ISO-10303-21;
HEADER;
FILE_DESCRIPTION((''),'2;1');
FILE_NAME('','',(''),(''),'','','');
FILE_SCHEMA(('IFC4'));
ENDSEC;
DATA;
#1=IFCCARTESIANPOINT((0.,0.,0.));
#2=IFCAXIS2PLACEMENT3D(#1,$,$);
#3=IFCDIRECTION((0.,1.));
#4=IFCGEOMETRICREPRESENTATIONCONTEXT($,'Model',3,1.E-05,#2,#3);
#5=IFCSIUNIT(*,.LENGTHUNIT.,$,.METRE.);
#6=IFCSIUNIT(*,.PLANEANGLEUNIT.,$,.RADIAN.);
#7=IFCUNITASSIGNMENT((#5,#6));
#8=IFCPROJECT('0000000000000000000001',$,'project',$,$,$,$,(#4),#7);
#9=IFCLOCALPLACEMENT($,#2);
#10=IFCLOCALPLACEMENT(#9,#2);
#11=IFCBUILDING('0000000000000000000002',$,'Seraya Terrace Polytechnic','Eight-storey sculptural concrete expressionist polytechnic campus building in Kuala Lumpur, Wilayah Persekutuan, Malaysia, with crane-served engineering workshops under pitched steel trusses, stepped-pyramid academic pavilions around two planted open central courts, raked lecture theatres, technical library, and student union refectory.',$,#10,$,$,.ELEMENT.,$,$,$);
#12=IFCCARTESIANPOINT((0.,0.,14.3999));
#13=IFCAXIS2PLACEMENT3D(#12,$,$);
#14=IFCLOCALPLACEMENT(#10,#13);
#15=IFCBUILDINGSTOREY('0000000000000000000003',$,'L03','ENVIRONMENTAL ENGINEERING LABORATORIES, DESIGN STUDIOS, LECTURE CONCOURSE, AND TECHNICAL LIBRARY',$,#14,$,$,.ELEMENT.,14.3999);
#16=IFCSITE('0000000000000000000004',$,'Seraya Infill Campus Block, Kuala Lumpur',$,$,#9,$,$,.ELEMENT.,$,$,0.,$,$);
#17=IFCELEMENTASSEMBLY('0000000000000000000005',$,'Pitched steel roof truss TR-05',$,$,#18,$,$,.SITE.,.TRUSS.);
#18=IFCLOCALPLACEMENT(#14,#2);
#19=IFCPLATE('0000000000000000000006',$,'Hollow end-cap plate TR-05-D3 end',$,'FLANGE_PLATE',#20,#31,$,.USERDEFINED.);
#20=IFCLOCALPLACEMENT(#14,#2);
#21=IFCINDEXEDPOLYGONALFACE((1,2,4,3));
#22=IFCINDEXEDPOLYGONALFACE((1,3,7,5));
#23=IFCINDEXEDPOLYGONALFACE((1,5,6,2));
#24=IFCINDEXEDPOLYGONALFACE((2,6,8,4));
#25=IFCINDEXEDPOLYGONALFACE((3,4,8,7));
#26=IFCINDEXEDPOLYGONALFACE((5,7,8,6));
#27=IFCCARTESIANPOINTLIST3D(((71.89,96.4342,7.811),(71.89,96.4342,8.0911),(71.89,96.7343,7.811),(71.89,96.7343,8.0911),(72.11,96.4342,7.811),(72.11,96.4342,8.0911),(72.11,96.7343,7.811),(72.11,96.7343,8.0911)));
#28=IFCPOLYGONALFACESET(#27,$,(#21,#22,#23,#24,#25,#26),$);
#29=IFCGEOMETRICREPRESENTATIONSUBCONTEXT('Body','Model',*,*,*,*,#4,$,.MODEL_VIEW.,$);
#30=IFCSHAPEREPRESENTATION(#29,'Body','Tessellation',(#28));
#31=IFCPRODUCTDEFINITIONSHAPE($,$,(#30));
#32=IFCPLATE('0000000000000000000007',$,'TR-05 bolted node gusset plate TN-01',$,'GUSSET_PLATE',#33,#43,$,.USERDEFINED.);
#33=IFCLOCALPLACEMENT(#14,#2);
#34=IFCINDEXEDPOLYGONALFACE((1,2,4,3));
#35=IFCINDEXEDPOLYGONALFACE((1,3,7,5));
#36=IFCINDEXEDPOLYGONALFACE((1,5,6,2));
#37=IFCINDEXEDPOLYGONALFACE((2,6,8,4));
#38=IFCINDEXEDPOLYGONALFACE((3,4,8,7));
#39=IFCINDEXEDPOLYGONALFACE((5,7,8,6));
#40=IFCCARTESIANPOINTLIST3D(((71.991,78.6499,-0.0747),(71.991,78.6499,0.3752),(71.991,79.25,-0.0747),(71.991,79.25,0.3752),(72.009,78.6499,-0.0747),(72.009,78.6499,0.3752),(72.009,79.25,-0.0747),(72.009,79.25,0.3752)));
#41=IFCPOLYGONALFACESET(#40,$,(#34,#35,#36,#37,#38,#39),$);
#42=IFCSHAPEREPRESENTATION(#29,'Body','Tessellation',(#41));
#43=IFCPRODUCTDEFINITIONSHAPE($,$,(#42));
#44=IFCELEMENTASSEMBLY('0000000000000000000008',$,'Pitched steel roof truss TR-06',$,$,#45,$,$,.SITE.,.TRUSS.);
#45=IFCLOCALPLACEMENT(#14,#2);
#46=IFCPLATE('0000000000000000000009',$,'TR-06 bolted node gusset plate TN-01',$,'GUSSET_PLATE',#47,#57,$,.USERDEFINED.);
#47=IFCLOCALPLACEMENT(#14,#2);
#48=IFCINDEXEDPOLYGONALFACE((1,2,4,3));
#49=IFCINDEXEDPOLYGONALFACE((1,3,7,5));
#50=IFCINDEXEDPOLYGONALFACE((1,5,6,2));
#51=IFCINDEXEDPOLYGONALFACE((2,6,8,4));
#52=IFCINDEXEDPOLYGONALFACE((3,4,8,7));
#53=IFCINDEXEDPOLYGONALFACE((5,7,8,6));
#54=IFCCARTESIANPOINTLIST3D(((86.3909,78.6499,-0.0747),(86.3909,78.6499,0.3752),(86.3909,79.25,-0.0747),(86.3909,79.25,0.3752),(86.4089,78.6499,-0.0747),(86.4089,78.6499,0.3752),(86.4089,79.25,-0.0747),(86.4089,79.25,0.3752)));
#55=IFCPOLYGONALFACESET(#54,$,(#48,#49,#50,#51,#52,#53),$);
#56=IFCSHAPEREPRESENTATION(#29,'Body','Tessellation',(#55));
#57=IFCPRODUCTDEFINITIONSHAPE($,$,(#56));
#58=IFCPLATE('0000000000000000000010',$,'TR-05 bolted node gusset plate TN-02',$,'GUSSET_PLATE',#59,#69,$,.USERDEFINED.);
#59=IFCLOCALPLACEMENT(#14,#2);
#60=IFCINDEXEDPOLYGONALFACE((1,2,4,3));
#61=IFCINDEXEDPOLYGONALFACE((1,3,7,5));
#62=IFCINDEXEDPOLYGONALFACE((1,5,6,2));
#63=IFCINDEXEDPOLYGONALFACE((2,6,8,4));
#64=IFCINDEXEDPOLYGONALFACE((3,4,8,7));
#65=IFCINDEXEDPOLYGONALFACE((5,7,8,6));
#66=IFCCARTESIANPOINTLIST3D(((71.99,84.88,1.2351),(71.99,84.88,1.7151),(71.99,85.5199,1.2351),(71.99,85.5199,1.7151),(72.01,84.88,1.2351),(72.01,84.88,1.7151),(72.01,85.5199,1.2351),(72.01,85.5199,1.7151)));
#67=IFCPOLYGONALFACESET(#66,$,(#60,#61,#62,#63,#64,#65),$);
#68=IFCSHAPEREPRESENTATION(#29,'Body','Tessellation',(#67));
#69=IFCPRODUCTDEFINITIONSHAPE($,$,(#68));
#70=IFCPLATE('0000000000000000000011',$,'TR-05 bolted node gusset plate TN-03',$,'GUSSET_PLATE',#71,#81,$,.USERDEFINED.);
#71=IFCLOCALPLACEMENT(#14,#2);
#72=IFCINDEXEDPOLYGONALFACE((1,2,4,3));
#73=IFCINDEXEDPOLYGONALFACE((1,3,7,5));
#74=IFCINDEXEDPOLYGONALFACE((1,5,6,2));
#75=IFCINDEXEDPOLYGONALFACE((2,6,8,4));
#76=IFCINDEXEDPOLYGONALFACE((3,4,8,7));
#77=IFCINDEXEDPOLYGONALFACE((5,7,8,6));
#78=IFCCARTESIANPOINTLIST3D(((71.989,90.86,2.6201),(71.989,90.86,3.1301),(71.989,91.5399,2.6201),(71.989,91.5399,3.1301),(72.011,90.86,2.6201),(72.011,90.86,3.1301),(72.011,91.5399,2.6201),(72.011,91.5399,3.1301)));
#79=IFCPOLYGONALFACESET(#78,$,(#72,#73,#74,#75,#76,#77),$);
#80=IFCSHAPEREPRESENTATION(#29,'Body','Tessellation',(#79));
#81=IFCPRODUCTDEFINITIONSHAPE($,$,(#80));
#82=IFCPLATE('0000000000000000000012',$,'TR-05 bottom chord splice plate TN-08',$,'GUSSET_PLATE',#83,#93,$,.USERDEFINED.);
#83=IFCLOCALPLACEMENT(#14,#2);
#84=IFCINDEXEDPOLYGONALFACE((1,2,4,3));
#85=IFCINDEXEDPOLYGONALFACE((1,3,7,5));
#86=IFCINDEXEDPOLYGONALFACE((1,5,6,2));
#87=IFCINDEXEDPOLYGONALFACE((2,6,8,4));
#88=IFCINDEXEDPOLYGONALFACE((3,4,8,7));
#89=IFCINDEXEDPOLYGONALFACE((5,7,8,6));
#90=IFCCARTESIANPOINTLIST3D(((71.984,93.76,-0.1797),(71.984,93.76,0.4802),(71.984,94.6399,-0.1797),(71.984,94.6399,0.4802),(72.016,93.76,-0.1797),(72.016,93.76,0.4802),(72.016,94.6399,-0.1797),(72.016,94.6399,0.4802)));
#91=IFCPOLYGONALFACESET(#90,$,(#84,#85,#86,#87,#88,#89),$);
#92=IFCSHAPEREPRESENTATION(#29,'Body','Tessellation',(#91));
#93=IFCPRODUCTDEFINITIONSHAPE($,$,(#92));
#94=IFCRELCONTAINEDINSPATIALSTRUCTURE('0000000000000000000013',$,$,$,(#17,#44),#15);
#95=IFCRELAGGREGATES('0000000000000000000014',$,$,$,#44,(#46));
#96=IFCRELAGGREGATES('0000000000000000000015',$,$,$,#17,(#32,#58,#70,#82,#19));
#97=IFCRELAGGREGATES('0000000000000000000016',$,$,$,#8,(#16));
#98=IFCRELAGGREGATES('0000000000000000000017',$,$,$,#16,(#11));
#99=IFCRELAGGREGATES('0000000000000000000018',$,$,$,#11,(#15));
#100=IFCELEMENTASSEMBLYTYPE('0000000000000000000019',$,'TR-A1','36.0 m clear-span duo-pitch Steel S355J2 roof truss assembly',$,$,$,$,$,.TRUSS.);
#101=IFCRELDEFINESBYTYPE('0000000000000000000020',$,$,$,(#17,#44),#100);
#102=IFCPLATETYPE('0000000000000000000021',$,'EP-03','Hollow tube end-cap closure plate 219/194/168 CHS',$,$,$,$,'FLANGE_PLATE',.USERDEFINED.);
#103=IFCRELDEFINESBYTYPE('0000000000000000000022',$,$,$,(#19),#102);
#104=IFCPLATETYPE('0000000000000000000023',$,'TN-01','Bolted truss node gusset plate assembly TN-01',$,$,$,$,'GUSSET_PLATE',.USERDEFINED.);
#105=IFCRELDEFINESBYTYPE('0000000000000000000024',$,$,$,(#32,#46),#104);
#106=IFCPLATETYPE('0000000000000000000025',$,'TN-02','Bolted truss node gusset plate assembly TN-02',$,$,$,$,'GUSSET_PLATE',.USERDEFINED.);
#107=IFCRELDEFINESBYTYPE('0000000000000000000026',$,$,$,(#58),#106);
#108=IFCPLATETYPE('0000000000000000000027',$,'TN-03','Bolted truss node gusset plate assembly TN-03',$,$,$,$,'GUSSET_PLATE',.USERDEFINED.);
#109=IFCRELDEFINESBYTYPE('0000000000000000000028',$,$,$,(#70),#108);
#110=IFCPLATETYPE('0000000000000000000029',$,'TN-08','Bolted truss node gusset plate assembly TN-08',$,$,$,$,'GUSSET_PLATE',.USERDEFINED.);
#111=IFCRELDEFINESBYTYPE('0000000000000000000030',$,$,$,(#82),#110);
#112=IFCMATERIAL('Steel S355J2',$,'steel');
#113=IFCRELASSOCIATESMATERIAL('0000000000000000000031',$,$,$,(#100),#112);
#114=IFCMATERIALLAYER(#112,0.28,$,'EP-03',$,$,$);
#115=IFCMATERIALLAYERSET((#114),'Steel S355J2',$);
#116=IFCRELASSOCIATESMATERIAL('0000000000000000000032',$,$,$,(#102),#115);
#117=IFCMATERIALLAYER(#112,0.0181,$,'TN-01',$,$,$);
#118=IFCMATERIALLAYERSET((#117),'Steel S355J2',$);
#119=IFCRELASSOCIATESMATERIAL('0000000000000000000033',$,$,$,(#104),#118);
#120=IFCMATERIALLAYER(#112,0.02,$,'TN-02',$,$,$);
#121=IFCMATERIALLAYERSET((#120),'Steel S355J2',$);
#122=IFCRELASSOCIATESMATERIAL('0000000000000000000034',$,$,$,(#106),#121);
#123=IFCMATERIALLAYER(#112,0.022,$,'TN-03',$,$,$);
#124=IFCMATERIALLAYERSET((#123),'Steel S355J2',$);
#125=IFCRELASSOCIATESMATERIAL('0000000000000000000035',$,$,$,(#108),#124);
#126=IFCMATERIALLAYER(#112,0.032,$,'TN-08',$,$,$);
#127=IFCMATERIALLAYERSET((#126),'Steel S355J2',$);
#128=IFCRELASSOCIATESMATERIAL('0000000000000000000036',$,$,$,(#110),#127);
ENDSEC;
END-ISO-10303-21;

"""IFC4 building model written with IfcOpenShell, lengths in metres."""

from ifc_helpers import new_model, si_unit, direction, frame, origin, origin_2d, place, context, subcontext, project, spatial, rectangle, extrude, material, layer, layer_set, type_object, element, aggregate, save


model = new_model("IFC4")

# Units and contexts
model_context = context("Model", 3, precision=1e-05, world=origin(), true_north=direction((0.0, 1.0)))
body_context = subcontext(model_context, "Body", "Model", "MODEL_VIEW")
ifc_project = project(units=[si_unit("LENGTHUNIT", "METRE"), si_unit("PLANEANGLEUNIT", "RADIAN")], contexts=[model_context])

# Site, building, storey
site_placement = place(None, origin())
site = spatial("IfcSite", under=ifc_project, at=site_placement, Name="Seraya Infill Campus Block, Kuala Lumpur", CompositionType="ELEMENT", RefElevation=0.0)
building_placement = place(site_placement, origin())
building = spatial("IfcBuilding", under=site, at=building_placement, Name="Seraya Terrace Polytechnic", Description="Eight-storey sculptural concrete expressionist polytechnic campus building in Kuala Lumpur, Wilayah Persekutuan, Malaysia, with crane-served engineering workshops under pitched steel trusses, stepped-pyramid academic pavilions around two planted open central courts, raked lecture theatres, technical library, and student union refectory.", CompositionType="ELEMENT")
storey_placement = place(building_placement, frame((0.0, 0.0, 14.3999)))
storey = spatial("IfcBuildingStorey", under=building, at=storey_placement, Name="L03", Description="ENVIRONMENTAL ENGINEERING LABORATORIES, DESIGN STUDIOS, LECTURE CONCOURSE, AND TECHNICAL LIBRARY", CompositionType="ELEMENT", Elevation=14.3999)

# Element assembly
ifc_material_1 = material(Name="Steel S355J2", Category="steel")
element_assembly_type = type_object("IfcElementAssemblyType", Name="TR-A1", Description="36.0 m clear-span duo-pitch Steel S355J2 roof truss assembly", PredefinedType="TRUSS", material=ifc_material_1)
assembly_1_placement = place(storey_placement, origin())
assembly_1 = element("IfcElementAssembly", 1, at=assembly_1_placement, inside=storey, type_object=element_assembly_type, Name="Pitched steel roof truss TR-05", AssemblyPlace="SITE", PredefinedType="TRUSS")

# Plates
ifc_layer_1 = layer(ifc_material_1, 0.28, Name="EP-03")
ifc_layer_set_1 = layer_set([ifc_layer_1], Name="Steel S355J2")
plate_type_1 = type_object("IfcPlateType", Name="EP-03", Description="Hollow tube end-cap closure plate 219/194/168 CHS", ElementType="FLANGE_PLATE", PredefinedType="USERDEFINED", material=ifc_layer_set_1)
plate_1_placement = place(storey_placement, frame((72.0, 96.5842, 7.811), z_axis=(0.0, 0.0, 1.0), x_axis=(0.0, 1.0, 0.0)))
plate_1 = element("IfcPlate", 2, at=plate_1_placement, type_object=plate_type_1, Name="Hollow end-cap plate TR-05-D3 end", ObjectType="FLANGE_PLATE", PredefinedType="USERDEFINED", context=body_context, shape_type="SweptSolid", body=[
    extrude(rectangle(XDim=0.3, YDim=0.22, at=origin_2d()), origin(), (0.0, 0.0, 1.0), 0.28),
])
ifc_layer_2 = layer(ifc_material_1, 0.0181, Name="TN-01")
ifc_layer_set_2 = layer_set([ifc_layer_2], Name="Steel S355J2")
plate_type_2 = type_object("IfcPlateType", Name="TN-01", Description="Bolted truss node gusset plate assembly TN-01", ElementType="GUSSET_PLATE", PredefinedType="USERDEFINED", material=ifc_layer_set_2)
plate_2_placement = place(storey_placement, frame((72.0, 78.95, -0.0747), z_axis=(0.0, 0.0, 1.0), x_axis=(0.0, 1.0, 0.0)))
plate_2 = element("IfcPlate", 3, at=plate_2_placement, type_object=plate_type_2, Name="TR-05 bolted node gusset plate TN-01", ObjectType="GUSSET_PLATE", PredefinedType="USERDEFINED", context=body_context, shape_type="SweptSolid", body=[
    extrude(rectangle(XDim=0.6001, YDim=0.0181, at=origin_2d()), origin(), (0.0, 0.0, 1.0), 0.45),
])

# Element assembly, plate
assembly_2_placement = place(storey_placement, origin())
assembly_2 = element("IfcElementAssembly", 4, at=assembly_2_placement, inside=storey, type_object=element_assembly_type, Name="Pitched steel roof truss TR-06", AssemblyPlace="SITE", PredefinedType="TRUSS")
plate_3_placement = place(storey_placement, frame((86.3999, 78.95, -0.0747), z_axis=(0.0, 0.0, 1.0), x_axis=(0.0, 1.0, 0.0)))
plate_3 = element("IfcPlate", 5, at=plate_3_placement, type_object=plate_type_2, Name="TR-06 bolted node gusset plate TN-01", ObjectType="GUSSET_PLATE", PredefinedType="USERDEFINED", context=body_context, shape_type="SweptSolid", body=[
    extrude(rectangle(XDim=0.6001, YDim=0.0181, at=origin_2d()), origin(), (0.0, 0.0, 1.0), 0.45),
])
aggregate(assembly_2, [plate_3])

# Plates
ifc_layer_3 = layer(ifc_material_1, 0.02, Name="TN-02")
ifc_layer_set_3 = layer_set([ifc_layer_3], Name="Steel S355J2")
plate_type_3 = type_object("IfcPlateType", Name="TN-02", Description="Bolted truss node gusset plate assembly TN-02", ElementType="GUSSET_PLATE", PredefinedType="USERDEFINED", material=ifc_layer_set_3)
plate_4_placement = place(storey_placement, frame((72.0, 85.2, 1.2351), z_axis=(0.0, 0.0, 1.0), x_axis=(0.0, 1.0, 0.0)))
plate_4 = element("IfcPlate", 6, at=plate_4_placement, type_object=plate_type_3, Name="TR-05 bolted node gusset plate TN-02", ObjectType="GUSSET_PLATE", PredefinedType="USERDEFINED", context=body_context, shape_type="SweptSolid", body=[
    extrude(rectangle(XDim=0.6399, YDim=0.02, at=origin_2d()), origin(), (0.0, 0.0, 1.0), 0.48),
])
ifc_layer_4 = layer(ifc_material_1, 0.022, Name="TN-03")
ifc_layer_set_4 = layer_set([ifc_layer_4], Name="Steel S355J2")
plate_type_4 = type_object("IfcPlateType", Name="TN-03", Description="Bolted truss node gusset plate assembly TN-03", ElementType="GUSSET_PLATE", PredefinedType="USERDEFINED", material=ifc_layer_set_4)
plate_5_placement = place(storey_placement, frame((72.0, 91.2, 2.6201), z_axis=(0.0, 0.0, 1.0), x_axis=(0.0, 1.0, 0.0)))
plate_5 = element("IfcPlate", 7, at=plate_5_placement, type_object=plate_type_4, Name="TR-05 bolted node gusset plate TN-03", ObjectType="GUSSET_PLATE", PredefinedType="USERDEFINED", context=body_context, shape_type="SweptSolid", body=[
    extrude(rectangle(XDim=0.6799, YDim=0.022, at=origin_2d()), origin(), (0.0, 0.0, 1.0), 0.51),
])
ifc_layer_5 = layer(ifc_material_1, 0.032, Name="TN-08")
ifc_layer_set_5 = layer_set([ifc_layer_5], Name="Steel S355J2")
plate_type_5 = type_object("IfcPlateType", Name="TN-08", Description="Bolted truss node gusset plate assembly TN-08", ElementType="GUSSET_PLATE", PredefinedType="USERDEFINED", material=ifc_layer_set_5)
plate_6_placement = place(storey_placement, frame((72.0, 94.2, -0.1797), z_axis=(0.0, 0.0, 1.0), x_axis=(0.0, 1.0, 0.0)))
plate_6 = element("IfcPlate", 8, at=plate_6_placement, type_object=plate_type_5, Name="TR-05 bottom chord splice plate TN-08", ObjectType="GUSSET_PLATE", PredefinedType="USERDEFINED", context=body_context, shape_type="SweptSolid", body=[
    extrude(rectangle(XDim=0.8799, YDim=0.032, at=origin_2d()), origin(), (0.0, 0.0, 1.0), 0.6599),
])
aggregate(assembly_1, [plate_2, plate_4, plate_5, plate_6, plate_1])

save(model, "model.ifc")
